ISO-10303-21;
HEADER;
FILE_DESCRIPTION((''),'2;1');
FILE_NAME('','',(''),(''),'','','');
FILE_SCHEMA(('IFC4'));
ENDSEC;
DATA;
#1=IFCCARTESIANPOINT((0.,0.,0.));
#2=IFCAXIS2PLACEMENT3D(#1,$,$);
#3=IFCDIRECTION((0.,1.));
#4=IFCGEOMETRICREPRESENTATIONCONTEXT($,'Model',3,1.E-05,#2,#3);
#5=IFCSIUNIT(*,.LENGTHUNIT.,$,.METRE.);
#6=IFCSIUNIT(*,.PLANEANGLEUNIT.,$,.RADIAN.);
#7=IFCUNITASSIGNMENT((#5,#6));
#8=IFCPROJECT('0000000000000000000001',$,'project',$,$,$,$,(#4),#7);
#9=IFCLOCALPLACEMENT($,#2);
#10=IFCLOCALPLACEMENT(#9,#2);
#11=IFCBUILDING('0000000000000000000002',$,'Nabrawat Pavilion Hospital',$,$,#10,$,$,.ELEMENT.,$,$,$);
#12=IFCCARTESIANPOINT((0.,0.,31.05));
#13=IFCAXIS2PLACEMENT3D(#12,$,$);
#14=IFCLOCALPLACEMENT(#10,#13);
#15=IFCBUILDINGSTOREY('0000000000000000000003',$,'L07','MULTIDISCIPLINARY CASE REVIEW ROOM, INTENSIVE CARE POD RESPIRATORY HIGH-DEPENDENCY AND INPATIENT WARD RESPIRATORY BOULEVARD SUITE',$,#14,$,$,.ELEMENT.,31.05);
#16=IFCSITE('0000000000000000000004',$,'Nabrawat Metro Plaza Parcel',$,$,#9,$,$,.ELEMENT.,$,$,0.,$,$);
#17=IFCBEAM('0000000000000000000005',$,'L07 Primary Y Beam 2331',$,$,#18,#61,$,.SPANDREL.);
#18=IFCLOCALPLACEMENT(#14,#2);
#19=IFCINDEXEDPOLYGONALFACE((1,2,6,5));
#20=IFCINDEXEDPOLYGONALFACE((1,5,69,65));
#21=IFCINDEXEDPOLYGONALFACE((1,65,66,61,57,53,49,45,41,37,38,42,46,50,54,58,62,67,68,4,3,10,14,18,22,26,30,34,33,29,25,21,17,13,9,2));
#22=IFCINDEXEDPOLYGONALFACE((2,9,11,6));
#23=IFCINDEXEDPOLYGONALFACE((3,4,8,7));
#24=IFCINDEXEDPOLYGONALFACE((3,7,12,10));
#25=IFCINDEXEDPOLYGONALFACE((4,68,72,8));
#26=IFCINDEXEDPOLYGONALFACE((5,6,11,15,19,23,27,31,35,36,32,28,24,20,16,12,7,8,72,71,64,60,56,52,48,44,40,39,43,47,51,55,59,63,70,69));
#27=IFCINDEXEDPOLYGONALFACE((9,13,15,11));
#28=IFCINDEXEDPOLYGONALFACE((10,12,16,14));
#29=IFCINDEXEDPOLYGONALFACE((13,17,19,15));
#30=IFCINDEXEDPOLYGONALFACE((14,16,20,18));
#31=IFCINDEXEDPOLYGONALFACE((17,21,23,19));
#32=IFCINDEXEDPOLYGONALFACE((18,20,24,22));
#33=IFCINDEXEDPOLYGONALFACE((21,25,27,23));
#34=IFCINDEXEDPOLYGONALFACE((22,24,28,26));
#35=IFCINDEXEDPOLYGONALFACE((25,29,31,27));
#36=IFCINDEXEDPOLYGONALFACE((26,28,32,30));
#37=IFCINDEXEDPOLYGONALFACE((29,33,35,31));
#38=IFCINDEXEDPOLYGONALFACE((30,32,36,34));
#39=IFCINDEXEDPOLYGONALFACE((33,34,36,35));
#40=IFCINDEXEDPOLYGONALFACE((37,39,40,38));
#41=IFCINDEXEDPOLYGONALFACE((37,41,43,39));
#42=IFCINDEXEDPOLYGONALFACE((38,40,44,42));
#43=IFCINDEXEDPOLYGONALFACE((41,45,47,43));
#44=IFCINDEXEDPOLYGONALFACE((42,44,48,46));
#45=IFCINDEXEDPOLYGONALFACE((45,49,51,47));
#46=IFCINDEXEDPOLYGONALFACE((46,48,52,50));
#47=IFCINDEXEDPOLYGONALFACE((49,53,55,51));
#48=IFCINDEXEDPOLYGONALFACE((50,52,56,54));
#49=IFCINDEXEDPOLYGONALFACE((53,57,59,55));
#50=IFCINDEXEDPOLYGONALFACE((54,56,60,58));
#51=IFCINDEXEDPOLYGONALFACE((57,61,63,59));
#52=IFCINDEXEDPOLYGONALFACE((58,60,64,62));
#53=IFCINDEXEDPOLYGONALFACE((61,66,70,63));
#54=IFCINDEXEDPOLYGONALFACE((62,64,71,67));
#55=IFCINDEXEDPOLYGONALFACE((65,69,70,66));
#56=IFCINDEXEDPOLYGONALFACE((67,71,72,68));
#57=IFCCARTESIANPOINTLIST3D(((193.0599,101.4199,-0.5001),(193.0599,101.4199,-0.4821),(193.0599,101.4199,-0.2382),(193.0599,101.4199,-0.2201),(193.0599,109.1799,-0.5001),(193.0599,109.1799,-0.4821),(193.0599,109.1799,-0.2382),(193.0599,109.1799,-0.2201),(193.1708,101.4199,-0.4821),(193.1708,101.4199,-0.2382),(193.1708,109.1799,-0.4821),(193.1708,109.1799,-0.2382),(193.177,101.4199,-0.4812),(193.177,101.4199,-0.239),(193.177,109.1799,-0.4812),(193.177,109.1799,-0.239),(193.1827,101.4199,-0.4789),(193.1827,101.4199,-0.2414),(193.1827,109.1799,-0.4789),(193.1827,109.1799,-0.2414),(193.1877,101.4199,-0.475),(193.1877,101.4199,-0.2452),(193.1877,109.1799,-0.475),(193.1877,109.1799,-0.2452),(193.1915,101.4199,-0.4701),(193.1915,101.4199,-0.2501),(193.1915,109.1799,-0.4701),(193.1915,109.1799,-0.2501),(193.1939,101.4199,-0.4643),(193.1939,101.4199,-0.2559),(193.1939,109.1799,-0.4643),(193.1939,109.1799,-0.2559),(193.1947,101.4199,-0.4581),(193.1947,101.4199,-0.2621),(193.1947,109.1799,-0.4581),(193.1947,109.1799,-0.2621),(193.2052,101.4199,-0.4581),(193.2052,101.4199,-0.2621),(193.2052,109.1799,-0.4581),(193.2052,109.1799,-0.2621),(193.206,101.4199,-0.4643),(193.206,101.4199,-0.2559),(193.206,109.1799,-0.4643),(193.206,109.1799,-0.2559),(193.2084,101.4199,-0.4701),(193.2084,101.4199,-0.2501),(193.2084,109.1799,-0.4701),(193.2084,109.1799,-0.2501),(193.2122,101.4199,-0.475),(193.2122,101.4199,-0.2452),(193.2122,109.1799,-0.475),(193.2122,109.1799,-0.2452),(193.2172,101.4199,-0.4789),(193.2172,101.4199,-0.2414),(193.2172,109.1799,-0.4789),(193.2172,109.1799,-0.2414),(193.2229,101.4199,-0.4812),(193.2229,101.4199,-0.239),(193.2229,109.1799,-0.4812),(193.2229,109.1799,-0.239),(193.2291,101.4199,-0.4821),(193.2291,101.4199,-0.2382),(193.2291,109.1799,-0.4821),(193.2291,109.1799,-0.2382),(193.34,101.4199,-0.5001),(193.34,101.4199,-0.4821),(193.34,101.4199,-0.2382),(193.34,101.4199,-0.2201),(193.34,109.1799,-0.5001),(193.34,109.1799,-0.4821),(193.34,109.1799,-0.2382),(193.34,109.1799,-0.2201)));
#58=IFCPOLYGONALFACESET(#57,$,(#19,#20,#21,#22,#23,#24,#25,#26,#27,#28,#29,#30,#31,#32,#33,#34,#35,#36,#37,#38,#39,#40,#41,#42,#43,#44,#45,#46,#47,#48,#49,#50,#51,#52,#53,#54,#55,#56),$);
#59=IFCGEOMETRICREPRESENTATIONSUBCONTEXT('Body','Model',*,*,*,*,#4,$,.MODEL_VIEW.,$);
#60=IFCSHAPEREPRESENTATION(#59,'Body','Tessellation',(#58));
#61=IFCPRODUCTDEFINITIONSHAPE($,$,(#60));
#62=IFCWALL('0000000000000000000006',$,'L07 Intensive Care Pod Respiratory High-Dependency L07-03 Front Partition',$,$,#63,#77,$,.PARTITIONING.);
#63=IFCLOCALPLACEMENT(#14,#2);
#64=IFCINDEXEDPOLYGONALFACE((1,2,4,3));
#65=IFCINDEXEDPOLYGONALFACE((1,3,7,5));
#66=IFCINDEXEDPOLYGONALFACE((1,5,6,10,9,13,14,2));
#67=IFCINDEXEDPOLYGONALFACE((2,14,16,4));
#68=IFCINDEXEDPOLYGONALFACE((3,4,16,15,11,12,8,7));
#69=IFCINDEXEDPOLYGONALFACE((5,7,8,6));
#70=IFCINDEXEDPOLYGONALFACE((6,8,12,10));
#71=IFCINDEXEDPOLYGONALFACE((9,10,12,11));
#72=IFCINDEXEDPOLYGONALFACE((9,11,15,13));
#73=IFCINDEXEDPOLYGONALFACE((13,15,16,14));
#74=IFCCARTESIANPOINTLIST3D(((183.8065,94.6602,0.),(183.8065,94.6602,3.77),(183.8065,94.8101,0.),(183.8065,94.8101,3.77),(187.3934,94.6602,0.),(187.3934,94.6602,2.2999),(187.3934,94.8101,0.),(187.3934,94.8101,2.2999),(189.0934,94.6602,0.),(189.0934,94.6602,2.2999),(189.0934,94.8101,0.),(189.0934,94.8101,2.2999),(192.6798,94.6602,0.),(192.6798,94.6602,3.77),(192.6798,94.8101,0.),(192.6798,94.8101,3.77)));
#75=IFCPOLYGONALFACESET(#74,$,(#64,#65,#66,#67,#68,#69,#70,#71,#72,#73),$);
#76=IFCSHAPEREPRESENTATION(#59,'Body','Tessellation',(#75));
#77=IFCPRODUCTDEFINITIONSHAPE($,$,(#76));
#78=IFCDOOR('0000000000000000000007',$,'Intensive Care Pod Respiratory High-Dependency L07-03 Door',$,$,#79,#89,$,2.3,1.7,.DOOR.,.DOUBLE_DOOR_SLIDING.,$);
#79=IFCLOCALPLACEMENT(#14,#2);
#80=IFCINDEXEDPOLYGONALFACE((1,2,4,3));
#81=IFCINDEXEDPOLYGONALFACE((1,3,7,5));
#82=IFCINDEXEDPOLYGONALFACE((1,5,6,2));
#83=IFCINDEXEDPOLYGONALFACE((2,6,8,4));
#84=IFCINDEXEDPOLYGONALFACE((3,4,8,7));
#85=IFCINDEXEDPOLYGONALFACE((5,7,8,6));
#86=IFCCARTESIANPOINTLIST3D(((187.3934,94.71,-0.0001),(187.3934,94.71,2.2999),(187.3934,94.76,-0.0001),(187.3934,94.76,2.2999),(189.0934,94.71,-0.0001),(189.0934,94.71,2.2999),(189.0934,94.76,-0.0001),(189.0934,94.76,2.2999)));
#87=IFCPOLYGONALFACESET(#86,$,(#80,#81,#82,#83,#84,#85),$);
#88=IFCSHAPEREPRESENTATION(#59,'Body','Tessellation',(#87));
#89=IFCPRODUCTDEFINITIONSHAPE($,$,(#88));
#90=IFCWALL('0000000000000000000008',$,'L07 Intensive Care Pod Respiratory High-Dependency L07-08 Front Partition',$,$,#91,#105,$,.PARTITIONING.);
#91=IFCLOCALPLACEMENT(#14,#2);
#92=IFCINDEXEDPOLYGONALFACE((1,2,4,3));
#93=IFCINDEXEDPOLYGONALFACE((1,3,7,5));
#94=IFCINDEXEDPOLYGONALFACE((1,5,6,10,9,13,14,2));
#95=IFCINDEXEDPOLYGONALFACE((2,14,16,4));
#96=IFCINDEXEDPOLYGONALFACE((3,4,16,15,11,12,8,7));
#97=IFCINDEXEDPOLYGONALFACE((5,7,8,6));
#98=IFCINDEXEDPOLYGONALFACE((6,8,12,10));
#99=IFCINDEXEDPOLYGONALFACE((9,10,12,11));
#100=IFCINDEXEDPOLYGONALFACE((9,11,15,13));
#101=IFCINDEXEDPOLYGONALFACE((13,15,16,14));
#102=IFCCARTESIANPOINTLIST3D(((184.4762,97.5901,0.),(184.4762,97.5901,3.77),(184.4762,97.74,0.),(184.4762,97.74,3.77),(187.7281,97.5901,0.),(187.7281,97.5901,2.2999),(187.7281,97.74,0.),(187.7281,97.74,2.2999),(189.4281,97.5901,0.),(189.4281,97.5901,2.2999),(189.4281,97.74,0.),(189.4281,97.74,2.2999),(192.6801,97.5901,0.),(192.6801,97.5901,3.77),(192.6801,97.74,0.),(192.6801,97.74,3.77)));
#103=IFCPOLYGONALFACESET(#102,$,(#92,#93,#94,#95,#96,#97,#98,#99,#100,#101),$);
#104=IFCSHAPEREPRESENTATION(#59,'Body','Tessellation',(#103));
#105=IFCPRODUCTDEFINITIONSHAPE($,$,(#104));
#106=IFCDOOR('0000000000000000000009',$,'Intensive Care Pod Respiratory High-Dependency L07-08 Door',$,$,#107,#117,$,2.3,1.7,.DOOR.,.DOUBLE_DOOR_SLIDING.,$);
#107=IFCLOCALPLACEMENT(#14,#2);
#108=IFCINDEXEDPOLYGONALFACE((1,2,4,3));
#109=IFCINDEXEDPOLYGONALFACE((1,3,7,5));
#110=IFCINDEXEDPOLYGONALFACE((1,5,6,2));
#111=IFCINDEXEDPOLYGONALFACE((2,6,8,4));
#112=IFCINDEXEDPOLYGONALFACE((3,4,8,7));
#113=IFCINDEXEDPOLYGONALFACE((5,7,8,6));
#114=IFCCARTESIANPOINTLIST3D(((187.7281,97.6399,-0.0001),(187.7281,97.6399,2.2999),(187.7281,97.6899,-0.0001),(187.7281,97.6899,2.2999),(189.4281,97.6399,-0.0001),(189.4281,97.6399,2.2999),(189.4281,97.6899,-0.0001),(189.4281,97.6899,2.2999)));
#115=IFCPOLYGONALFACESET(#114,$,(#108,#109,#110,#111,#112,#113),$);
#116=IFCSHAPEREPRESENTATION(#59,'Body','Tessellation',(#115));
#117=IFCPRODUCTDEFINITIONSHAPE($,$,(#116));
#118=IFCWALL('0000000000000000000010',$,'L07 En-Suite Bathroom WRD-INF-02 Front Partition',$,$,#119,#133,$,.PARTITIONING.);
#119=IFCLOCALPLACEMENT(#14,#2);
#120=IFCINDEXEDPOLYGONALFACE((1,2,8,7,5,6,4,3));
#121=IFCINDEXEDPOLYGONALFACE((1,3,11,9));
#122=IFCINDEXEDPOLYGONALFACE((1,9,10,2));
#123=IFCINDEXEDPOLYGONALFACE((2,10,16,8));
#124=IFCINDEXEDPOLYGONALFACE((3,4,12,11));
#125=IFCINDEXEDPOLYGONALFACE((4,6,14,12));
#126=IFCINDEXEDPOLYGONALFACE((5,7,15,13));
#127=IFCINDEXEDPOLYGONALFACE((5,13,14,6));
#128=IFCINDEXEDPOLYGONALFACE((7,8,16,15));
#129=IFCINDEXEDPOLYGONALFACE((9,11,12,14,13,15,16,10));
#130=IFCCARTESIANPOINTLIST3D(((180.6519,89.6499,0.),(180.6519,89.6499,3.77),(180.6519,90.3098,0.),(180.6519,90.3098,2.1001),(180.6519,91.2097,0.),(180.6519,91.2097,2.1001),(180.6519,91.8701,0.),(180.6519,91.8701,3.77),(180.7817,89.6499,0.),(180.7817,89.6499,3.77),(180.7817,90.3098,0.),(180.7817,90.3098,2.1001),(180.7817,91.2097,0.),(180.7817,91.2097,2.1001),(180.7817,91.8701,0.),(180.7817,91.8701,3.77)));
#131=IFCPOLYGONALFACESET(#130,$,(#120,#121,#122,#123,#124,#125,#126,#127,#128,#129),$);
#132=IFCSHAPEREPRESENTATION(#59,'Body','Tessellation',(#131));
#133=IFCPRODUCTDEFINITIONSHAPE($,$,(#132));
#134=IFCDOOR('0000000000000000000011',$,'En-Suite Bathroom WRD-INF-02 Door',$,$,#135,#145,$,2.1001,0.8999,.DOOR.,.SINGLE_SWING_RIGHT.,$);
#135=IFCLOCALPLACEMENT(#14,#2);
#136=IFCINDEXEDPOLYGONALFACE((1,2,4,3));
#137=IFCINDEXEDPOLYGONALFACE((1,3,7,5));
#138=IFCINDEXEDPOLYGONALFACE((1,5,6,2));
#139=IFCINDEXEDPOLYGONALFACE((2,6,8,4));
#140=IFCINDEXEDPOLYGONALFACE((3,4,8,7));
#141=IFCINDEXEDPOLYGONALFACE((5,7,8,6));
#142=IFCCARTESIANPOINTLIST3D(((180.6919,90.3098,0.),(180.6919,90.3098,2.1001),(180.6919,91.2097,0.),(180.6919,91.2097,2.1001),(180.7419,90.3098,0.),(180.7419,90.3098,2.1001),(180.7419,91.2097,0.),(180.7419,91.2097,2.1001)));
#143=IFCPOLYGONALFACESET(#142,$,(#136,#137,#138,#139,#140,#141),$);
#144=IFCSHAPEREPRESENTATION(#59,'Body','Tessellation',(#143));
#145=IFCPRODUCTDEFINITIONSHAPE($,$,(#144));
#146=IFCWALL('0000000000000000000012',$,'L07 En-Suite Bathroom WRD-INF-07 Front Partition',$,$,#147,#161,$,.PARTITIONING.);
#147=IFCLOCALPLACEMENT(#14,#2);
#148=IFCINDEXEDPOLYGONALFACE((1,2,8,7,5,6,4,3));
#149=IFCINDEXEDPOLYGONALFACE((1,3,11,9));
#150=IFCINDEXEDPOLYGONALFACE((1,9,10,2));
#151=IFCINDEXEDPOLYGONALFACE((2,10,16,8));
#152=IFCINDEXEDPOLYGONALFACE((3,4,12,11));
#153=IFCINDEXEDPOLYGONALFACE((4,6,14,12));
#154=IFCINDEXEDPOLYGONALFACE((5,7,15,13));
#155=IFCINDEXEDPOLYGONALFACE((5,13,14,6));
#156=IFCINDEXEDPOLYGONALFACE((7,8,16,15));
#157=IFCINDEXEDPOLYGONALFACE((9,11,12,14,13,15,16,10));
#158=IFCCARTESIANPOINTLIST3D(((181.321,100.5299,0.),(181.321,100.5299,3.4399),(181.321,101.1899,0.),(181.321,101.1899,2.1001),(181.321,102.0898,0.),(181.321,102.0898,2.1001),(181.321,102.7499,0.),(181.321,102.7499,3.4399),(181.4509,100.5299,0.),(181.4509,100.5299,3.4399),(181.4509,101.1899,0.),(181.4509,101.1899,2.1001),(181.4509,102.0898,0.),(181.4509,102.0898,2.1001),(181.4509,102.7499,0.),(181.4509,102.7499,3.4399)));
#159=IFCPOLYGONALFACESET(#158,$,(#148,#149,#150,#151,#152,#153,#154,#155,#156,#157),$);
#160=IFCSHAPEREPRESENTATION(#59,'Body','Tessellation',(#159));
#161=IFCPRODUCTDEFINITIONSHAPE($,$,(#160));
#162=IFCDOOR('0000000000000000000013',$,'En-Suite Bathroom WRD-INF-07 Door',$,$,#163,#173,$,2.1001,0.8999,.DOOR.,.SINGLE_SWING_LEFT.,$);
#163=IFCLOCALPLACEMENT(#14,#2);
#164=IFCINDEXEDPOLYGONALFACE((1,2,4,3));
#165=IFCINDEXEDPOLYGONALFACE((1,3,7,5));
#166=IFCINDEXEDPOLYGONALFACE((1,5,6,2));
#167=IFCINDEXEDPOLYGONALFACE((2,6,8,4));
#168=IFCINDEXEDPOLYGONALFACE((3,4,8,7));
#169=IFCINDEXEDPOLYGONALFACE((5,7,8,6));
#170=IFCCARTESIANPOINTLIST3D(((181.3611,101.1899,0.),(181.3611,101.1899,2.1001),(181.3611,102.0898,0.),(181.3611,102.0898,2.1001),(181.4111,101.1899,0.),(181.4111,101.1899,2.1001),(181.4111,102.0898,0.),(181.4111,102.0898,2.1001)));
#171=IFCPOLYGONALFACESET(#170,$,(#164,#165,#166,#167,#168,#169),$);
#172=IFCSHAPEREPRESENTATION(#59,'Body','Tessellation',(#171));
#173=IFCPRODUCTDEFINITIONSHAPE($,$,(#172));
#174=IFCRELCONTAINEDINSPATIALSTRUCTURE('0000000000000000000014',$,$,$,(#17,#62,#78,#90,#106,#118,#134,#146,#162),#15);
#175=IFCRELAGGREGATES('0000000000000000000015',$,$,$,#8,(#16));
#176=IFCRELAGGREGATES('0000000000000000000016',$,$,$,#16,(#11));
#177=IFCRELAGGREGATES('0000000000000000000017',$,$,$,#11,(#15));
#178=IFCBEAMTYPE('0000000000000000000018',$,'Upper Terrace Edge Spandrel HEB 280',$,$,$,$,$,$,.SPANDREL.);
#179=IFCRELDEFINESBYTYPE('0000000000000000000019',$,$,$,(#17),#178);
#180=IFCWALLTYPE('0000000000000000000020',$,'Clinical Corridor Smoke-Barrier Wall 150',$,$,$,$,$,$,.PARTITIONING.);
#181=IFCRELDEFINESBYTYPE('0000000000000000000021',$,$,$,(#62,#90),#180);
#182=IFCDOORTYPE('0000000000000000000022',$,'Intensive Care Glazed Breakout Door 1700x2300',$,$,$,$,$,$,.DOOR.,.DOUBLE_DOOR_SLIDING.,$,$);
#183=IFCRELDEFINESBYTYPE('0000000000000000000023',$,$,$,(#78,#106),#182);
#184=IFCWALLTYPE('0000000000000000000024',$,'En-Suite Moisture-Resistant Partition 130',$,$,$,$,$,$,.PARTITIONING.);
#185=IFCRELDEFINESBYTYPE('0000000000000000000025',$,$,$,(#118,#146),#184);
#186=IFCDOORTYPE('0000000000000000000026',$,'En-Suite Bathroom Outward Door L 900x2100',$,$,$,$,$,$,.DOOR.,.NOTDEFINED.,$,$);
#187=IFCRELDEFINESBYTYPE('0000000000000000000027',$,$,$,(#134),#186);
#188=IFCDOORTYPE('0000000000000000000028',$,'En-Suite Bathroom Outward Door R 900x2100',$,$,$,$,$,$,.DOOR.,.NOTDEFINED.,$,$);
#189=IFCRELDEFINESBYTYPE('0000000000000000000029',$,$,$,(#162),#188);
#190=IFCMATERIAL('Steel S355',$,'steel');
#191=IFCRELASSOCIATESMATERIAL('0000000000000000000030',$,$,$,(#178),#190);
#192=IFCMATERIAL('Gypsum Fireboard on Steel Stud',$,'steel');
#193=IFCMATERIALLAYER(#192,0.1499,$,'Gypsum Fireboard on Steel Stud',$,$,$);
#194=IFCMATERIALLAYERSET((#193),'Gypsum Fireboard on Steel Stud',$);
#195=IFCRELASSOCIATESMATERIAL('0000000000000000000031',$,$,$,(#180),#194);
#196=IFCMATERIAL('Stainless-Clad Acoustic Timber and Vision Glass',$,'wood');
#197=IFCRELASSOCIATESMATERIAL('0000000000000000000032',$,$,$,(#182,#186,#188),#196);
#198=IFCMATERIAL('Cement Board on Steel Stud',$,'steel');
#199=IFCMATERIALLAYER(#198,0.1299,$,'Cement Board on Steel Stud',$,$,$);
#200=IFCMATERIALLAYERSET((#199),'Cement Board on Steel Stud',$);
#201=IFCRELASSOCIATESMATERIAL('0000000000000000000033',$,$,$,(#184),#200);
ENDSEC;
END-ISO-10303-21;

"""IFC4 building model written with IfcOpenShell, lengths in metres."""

from ifc_helpers import new_model, si_unit, direction, frame, frame_2d, origin, origin_2d, place, context, subcontext, project, spatial, rectangle, i_section, extrude, material, layer, layer_set, material_profile, profile_set, type_object, element, fill, save


model = new_model("IFC4")

# Units and contexts
model_context = context("Model", 3, precision=1e-05, world=origin(), true_north=direction((0.0, 1.0)))
body_context = subcontext(model_context, "Body", "Model", "MODEL_VIEW")
ifc_project = project(units=[si_unit("LENGTHUNIT", "METRE"), si_unit("PLANEANGLEUNIT", "RADIAN")], contexts=[model_context])

# Site, building, storey
site_placement = place(None, origin())
site = spatial("IfcSite", under=ifc_project, at=site_placement, Name="Nabrawat Metro Plaza Parcel", CompositionType="ELEMENT", RefElevation=0.0)
building_placement = place(site_placement, origin())
building = spatial("IfcBuilding", under=site, at=building_placement, Name="Nabrawat Pavilion Hospital", CompositionType="ELEMENT")
storey_placement = place(building_placement, frame((0.0, 0.0, 31.05)))
storey = spatial("IfcBuildingStorey", under=building, at=storey_placement, Name="L07", Description="MULTIDISCIPLINARY CASE REVIEW ROOM, INTENSIVE CARE POD RESPIRATORY HIGH-DEPENDENCY AND INPATIENT WARD RESPIRATORY BOULEVARD SUITE", CompositionType="ELEMENT", Elevation=31.05)

# Shared definitions
ifc_material_1 = material(Name="Steel S355", Category="steel")

# Beam
ifc_material_profile_1 = material_profile(ifc_material_1, i_section(OverallWidth=0.28, OverallDepth=0.28, WebThickness=0.0105, FlangeThickness=0.0181, FilletRadius=0.0239, at=origin_2d()), Name="HEB 280")
ifc_profile_set_1 = profile_set([ifc_material_profile_1], Name="Steel S355")
beam_type = type_object("IfcBeamType", Name="Upper Terrace Edge Spandrel HEB 280", PredefinedType="SPANDREL", material=ifc_profile_set_1)
beam_1_placement = place(storey_placement, frame((193.2, 101.4199, -0.3601), z_axis=(0.0, 1.0, 0.0), x_axis=(-1.0, 0.0, 0.0)))
element("IfcBeam", 1, at=beam_1_placement, inside=storey, type_object=beam_type, Name="L07 Primary Y Beam 2331", PredefinedType="SPANDREL", context=body_context, shape_type="SweptSolid", body=[
    extrude(i_section(OverallWidth=0.28, OverallDepth=0.28, WebThickness=0.0105, FlangeThickness=0.0181, FilletRadius=0.0239, at=origin_2d()), origin(), (0.0, 0.0, 1.0), 7.76),
])

# Walls, openings, doors
ifc_material_2 = material(Name="Gypsum Fireboard on Steel Stud", Category="steel")
ifc_layer_1 = layer(ifc_material_2, 0.1499, Name="Gypsum Fireboard on Steel Stud")
ifc_layer_set_1 = layer_set([ifc_layer_1], Name="Gypsum Fireboard on Steel Stud")
wall_type_1 = type_object("IfcWallType", Name="Clinical Corridor Smoke-Barrier Wall 150", PredefinedType="PARTITIONING", material=ifc_layer_set_1)
wall_1_placement = place(storey_placement, frame((183.8066, 94.7351, 0.0), z_axis=(0.0, 0.0, 1.0), x_axis=(1.0, 0.0, 0.0)))
wall_1 = element("IfcWall", 2, at=wall_1_placement, inside=storey, type_object=wall_type_1, Name="L07 Intensive Care Pod Respiratory High-Dependency L07-03 Front Partition", PredefinedType="PARTITIONING", context=body_context, shape_type="SweptSolid", body=[
    extrude(rectangle(XDim=8.8733, YDim=0.1499, at=frame_2d((4.4365, 0.0))), origin(), (0.0, 0.0, 1.0), 3.77),
])
opening_1_placement = place(wall_1_placement, frame((3.5867, 0.0, 0.0)))
opening_1 = element("IfcOpeningElement", 3, at=opening_1_placement, cuts=wall_1, PredefinedType="OPENING", context=body_context, shape_type="SweptSolid", body=[
    extrude(rectangle(XDim=1.7, YDim=2.3, at=frame_2d((0.8501, 1.1499))), frame((0.0, 0.085, 0.0), z_axis=(0.0, -1.0, 0.0), x_axis=(1.0, 0.0, 0.0)), (0.0, 0.0, 1.0), 0.1699),
])
ifc_material_3 = material(Name="Stainless-Clad Acoustic Timber and Vision Glass", Category="wood")
door_type_1 = type_object("IfcDoorType", Name="Intensive Care Glazed Breakout Door 1700x2300", OperationType="DOUBLE_DOOR_SLIDING", PredefinedType="DOOR", material=ifc_material_3)
door_1_placement = place(opening_1_placement, origin())
door_1 = element("IfcDoor", 4, at=door_1_placement, inside=storey, type_object=door_type_1, Name="Intensive Care Pod Respiratory High-Dependency L07-03 Door", OperationType="DOUBLE_DOOR_SLIDING", OverallHeight=2.3, OverallWidth=1.7, PredefinedType="DOOR", context=body_context, shape_type="SweptSolid", body=[
    extrude(rectangle(XDim=1.7, YDim=2.3, at=frame_2d((0.8501, 1.1499))), frame((0.0, 0.0249, 0.0), z_axis=(0.0, -1.0, 0.0), x_axis=(1.0, 0.0, 0.0)), (0.0, 0.0, 1.0), 0.05),
])
fill(opening_1, door_1)
wall_2_placement = place(storey_placement, frame((184.4761, 97.665, 0.0), z_axis=(0.0, 0.0, 1.0), x_axis=(1.0, 0.0, 0.0)))
wall_2 = element("IfcWall", 5, at=wall_2_placement, inside=storey, type_object=wall_type_1, Name="L07 Intensive Care Pod Respiratory High-Dependency L07-08 Front Partition", PredefinedType="PARTITIONING", context=body_context, shape_type="SweptSolid", body=[
    extrude(rectangle(XDim=8.2039, YDim=0.1499, at=frame_2d((4.1021, 0.0))), origin(), (0.0, 0.0, 1.0), 3.77),
])
opening_2_placement = place(wall_2_placement, frame((3.252, 0.0, 0.0)))
opening_2 = element("IfcOpeningElement", 6, at=opening_2_placement, cuts=wall_2, PredefinedType="OPENING", context=body_context, shape_type="SweptSolid", body=[
    extrude(rectangle(XDim=1.7, YDim=2.3, at=frame_2d((0.8501, 1.1499))), frame((0.0, 0.085, 0.0), z_axis=(0.0, -1.0, 0.0), x_axis=(1.0, 0.0, 0.0)), (0.0, 0.0, 1.0), 0.1699),
])
door_2_placement = place(opening_2_placement, origin())
door_2 = element("IfcDoor", 7, at=door_2_placement, inside=storey, type_object=door_type_1, Name="Intensive Care Pod Respiratory High-Dependency L07-08 Door", OperationType="DOUBLE_DOOR_SLIDING", OverallHeight=2.3, OverallWidth=1.7, PredefinedType="DOOR", context=body_context, shape_type="SweptSolid", body=[
    extrude(rectangle(XDim=1.7, YDim=2.3, at=frame_2d((0.8501, 1.1499))), frame((0.0, 0.0249, 0.0), z_axis=(0.0, -1.0, 0.0), x_axis=(1.0, 0.0, 0.0)), (0.0, 0.0, 1.0), 0.05),
])
fill(opening_2, door_2)
ifc_material_4 = material(Name="Cement Board on Steel Stud", Category="steel")
ifc_layer_2 = layer(ifc_material_4, 0.1299, Name="Cement Board on Steel Stud")
ifc_layer_set_2 = layer_set([ifc_layer_2], Name="Cement Board on Steel Stud")
wall_type_2 = type_object("IfcWallType", Name="En-Suite Moisture-Resistant Partition 130", PredefinedType="PARTITIONING", material=ifc_layer_set_2)
wall_3_placement = place(storey_placement, frame((180.7168, 89.6499, 0.0), z_axis=(0.0, 0.0, 1.0), x_axis=(0.0, 1.0, 0.0)))
wall_3 = element("IfcWall", 8, at=wall_3_placement, inside=storey, type_object=wall_type_2, Name="L07 En-Suite Bathroom WRD-INF-02 Front Partition", PredefinedType="PARTITIONING", context=body_context, shape_type="SweptSolid", body=[
    extrude(rectangle(XDim=2.2202, YDim=0.1299, at=frame_2d((1.1101, 0.0))), origin(), (0.0, 0.0, 1.0), 3.77),
])
opening_3_placement = place(wall_3_placement, frame((0.6599, 0.0, 0.0)))
opening_3 = element("IfcOpeningElement", 9, at=opening_3_placement, cuts=wall_3, PredefinedType="OPENING", context=body_context, shape_type="SweptSolid", body=[
    extrude(rectangle(XDim=0.8999, YDim=2.1001, at=frame_2d((0.45, 1.05))), frame((0.0, 0.075, 0.0), z_axis=(0.0, -1.0, 0.0), x_axis=(1.0, 0.0, 0.0)), (0.0, 0.0, 1.0), 0.1499),
])
door_type_2 = type_object("IfcDoorType", Name="En-Suite Bathroom Outward Door L 900x2100", OperationType="NOTDEFINED", PredefinedType="DOOR", material=ifc_material_3)
door_3_placement = place(opening_3_placement, origin())
door_3 = element("IfcDoor", 10, at=door_3_placement, inside=storey, type_object=door_type_2, Name="En-Suite Bathroom WRD-INF-02 Door", OperationType="SINGLE_SWING_RIGHT", OverallHeight=2.1001, OverallWidth=0.8999, PredefinedType="DOOR", context=body_context, shape_type="SweptSolid", body=[
    extrude(rectangle(XDim=0.8999, YDim=2.1001, at=frame_2d((0.45, 1.05))), frame((0.0, 0.0249, 0.0), z_axis=(0.0, -1.0, 0.0), x_axis=(1.0, 0.0, 0.0)), (0.0, 0.0, 1.0), 0.05),
])
fill(opening_3, door_3)
wall_4_placement = place(storey_placement, frame((181.386, 100.53, 0.0), z_axis=(0.0, 0.0, 1.0), x_axis=(0.0, 1.0, 0.0)))
wall_4 = element("IfcWall", 11, at=wall_4_placement, inside=storey, type_object=wall_type_2, Name="L07 En-Suite Bathroom WRD-INF-07 Front Partition", PredefinedType="PARTITIONING", context=body_context, shape_type="SweptSolid", body=[
    extrude(rectangle(XDim=2.22, YDim=0.1299, at=frame_2d((1.1099, 0.0))), origin(), (0.0, 0.0, 1.0), 3.4399),
])
opening_4_placement = place(wall_4_placement, frame((0.6599, 0.0, 0.0)))
opening_4 = element("IfcOpeningElement", 12, at=opening_4_placement, cuts=wall_4, PredefinedType="OPENING", context=body_context, shape_type="SweptSolid", body=[
    extrude(rectangle(XDim=0.8999, YDim=2.1001, at=frame_2d((0.45, 1.05))), frame((0.0, 0.075, 0.0), z_axis=(0.0, -1.0, 0.0), x_axis=(1.0, 0.0, 0.0)), (0.0, 0.0, 1.0), 0.1499),
])
door_type_3 = type_object("IfcDoorType", Name="En-Suite Bathroom Outward Door R 900x2100", OperationType="NOTDEFINED", PredefinedType="DOOR", material=ifc_material_3)
door_4_placement = place(opening_4_placement, origin())
door_4 = element("IfcDoor", 13, at=door_4_placement, inside=storey, type_object=door_type_3, Name="En-Suite Bathroom WRD-INF-07 Door", OperationType="SINGLE_SWING_LEFT", OverallHeight=2.1001, OverallWidth=0.8999, PredefinedType="DOOR", context=body_context, shape_type="SweptSolid", body=[
    extrude(rectangle(XDim=0.8999, YDim=2.1001, at=frame_2d((0.45, 1.05))), frame((0.0, 0.0249, 0.0), z_axis=(0.0, -1.0, 0.0), x_axis=(1.0, 0.0, 0.0)), (0.0, 0.0, 1.0), 0.05),
])
fill(opening_4, door_4)

save(model, "model.ifc")
